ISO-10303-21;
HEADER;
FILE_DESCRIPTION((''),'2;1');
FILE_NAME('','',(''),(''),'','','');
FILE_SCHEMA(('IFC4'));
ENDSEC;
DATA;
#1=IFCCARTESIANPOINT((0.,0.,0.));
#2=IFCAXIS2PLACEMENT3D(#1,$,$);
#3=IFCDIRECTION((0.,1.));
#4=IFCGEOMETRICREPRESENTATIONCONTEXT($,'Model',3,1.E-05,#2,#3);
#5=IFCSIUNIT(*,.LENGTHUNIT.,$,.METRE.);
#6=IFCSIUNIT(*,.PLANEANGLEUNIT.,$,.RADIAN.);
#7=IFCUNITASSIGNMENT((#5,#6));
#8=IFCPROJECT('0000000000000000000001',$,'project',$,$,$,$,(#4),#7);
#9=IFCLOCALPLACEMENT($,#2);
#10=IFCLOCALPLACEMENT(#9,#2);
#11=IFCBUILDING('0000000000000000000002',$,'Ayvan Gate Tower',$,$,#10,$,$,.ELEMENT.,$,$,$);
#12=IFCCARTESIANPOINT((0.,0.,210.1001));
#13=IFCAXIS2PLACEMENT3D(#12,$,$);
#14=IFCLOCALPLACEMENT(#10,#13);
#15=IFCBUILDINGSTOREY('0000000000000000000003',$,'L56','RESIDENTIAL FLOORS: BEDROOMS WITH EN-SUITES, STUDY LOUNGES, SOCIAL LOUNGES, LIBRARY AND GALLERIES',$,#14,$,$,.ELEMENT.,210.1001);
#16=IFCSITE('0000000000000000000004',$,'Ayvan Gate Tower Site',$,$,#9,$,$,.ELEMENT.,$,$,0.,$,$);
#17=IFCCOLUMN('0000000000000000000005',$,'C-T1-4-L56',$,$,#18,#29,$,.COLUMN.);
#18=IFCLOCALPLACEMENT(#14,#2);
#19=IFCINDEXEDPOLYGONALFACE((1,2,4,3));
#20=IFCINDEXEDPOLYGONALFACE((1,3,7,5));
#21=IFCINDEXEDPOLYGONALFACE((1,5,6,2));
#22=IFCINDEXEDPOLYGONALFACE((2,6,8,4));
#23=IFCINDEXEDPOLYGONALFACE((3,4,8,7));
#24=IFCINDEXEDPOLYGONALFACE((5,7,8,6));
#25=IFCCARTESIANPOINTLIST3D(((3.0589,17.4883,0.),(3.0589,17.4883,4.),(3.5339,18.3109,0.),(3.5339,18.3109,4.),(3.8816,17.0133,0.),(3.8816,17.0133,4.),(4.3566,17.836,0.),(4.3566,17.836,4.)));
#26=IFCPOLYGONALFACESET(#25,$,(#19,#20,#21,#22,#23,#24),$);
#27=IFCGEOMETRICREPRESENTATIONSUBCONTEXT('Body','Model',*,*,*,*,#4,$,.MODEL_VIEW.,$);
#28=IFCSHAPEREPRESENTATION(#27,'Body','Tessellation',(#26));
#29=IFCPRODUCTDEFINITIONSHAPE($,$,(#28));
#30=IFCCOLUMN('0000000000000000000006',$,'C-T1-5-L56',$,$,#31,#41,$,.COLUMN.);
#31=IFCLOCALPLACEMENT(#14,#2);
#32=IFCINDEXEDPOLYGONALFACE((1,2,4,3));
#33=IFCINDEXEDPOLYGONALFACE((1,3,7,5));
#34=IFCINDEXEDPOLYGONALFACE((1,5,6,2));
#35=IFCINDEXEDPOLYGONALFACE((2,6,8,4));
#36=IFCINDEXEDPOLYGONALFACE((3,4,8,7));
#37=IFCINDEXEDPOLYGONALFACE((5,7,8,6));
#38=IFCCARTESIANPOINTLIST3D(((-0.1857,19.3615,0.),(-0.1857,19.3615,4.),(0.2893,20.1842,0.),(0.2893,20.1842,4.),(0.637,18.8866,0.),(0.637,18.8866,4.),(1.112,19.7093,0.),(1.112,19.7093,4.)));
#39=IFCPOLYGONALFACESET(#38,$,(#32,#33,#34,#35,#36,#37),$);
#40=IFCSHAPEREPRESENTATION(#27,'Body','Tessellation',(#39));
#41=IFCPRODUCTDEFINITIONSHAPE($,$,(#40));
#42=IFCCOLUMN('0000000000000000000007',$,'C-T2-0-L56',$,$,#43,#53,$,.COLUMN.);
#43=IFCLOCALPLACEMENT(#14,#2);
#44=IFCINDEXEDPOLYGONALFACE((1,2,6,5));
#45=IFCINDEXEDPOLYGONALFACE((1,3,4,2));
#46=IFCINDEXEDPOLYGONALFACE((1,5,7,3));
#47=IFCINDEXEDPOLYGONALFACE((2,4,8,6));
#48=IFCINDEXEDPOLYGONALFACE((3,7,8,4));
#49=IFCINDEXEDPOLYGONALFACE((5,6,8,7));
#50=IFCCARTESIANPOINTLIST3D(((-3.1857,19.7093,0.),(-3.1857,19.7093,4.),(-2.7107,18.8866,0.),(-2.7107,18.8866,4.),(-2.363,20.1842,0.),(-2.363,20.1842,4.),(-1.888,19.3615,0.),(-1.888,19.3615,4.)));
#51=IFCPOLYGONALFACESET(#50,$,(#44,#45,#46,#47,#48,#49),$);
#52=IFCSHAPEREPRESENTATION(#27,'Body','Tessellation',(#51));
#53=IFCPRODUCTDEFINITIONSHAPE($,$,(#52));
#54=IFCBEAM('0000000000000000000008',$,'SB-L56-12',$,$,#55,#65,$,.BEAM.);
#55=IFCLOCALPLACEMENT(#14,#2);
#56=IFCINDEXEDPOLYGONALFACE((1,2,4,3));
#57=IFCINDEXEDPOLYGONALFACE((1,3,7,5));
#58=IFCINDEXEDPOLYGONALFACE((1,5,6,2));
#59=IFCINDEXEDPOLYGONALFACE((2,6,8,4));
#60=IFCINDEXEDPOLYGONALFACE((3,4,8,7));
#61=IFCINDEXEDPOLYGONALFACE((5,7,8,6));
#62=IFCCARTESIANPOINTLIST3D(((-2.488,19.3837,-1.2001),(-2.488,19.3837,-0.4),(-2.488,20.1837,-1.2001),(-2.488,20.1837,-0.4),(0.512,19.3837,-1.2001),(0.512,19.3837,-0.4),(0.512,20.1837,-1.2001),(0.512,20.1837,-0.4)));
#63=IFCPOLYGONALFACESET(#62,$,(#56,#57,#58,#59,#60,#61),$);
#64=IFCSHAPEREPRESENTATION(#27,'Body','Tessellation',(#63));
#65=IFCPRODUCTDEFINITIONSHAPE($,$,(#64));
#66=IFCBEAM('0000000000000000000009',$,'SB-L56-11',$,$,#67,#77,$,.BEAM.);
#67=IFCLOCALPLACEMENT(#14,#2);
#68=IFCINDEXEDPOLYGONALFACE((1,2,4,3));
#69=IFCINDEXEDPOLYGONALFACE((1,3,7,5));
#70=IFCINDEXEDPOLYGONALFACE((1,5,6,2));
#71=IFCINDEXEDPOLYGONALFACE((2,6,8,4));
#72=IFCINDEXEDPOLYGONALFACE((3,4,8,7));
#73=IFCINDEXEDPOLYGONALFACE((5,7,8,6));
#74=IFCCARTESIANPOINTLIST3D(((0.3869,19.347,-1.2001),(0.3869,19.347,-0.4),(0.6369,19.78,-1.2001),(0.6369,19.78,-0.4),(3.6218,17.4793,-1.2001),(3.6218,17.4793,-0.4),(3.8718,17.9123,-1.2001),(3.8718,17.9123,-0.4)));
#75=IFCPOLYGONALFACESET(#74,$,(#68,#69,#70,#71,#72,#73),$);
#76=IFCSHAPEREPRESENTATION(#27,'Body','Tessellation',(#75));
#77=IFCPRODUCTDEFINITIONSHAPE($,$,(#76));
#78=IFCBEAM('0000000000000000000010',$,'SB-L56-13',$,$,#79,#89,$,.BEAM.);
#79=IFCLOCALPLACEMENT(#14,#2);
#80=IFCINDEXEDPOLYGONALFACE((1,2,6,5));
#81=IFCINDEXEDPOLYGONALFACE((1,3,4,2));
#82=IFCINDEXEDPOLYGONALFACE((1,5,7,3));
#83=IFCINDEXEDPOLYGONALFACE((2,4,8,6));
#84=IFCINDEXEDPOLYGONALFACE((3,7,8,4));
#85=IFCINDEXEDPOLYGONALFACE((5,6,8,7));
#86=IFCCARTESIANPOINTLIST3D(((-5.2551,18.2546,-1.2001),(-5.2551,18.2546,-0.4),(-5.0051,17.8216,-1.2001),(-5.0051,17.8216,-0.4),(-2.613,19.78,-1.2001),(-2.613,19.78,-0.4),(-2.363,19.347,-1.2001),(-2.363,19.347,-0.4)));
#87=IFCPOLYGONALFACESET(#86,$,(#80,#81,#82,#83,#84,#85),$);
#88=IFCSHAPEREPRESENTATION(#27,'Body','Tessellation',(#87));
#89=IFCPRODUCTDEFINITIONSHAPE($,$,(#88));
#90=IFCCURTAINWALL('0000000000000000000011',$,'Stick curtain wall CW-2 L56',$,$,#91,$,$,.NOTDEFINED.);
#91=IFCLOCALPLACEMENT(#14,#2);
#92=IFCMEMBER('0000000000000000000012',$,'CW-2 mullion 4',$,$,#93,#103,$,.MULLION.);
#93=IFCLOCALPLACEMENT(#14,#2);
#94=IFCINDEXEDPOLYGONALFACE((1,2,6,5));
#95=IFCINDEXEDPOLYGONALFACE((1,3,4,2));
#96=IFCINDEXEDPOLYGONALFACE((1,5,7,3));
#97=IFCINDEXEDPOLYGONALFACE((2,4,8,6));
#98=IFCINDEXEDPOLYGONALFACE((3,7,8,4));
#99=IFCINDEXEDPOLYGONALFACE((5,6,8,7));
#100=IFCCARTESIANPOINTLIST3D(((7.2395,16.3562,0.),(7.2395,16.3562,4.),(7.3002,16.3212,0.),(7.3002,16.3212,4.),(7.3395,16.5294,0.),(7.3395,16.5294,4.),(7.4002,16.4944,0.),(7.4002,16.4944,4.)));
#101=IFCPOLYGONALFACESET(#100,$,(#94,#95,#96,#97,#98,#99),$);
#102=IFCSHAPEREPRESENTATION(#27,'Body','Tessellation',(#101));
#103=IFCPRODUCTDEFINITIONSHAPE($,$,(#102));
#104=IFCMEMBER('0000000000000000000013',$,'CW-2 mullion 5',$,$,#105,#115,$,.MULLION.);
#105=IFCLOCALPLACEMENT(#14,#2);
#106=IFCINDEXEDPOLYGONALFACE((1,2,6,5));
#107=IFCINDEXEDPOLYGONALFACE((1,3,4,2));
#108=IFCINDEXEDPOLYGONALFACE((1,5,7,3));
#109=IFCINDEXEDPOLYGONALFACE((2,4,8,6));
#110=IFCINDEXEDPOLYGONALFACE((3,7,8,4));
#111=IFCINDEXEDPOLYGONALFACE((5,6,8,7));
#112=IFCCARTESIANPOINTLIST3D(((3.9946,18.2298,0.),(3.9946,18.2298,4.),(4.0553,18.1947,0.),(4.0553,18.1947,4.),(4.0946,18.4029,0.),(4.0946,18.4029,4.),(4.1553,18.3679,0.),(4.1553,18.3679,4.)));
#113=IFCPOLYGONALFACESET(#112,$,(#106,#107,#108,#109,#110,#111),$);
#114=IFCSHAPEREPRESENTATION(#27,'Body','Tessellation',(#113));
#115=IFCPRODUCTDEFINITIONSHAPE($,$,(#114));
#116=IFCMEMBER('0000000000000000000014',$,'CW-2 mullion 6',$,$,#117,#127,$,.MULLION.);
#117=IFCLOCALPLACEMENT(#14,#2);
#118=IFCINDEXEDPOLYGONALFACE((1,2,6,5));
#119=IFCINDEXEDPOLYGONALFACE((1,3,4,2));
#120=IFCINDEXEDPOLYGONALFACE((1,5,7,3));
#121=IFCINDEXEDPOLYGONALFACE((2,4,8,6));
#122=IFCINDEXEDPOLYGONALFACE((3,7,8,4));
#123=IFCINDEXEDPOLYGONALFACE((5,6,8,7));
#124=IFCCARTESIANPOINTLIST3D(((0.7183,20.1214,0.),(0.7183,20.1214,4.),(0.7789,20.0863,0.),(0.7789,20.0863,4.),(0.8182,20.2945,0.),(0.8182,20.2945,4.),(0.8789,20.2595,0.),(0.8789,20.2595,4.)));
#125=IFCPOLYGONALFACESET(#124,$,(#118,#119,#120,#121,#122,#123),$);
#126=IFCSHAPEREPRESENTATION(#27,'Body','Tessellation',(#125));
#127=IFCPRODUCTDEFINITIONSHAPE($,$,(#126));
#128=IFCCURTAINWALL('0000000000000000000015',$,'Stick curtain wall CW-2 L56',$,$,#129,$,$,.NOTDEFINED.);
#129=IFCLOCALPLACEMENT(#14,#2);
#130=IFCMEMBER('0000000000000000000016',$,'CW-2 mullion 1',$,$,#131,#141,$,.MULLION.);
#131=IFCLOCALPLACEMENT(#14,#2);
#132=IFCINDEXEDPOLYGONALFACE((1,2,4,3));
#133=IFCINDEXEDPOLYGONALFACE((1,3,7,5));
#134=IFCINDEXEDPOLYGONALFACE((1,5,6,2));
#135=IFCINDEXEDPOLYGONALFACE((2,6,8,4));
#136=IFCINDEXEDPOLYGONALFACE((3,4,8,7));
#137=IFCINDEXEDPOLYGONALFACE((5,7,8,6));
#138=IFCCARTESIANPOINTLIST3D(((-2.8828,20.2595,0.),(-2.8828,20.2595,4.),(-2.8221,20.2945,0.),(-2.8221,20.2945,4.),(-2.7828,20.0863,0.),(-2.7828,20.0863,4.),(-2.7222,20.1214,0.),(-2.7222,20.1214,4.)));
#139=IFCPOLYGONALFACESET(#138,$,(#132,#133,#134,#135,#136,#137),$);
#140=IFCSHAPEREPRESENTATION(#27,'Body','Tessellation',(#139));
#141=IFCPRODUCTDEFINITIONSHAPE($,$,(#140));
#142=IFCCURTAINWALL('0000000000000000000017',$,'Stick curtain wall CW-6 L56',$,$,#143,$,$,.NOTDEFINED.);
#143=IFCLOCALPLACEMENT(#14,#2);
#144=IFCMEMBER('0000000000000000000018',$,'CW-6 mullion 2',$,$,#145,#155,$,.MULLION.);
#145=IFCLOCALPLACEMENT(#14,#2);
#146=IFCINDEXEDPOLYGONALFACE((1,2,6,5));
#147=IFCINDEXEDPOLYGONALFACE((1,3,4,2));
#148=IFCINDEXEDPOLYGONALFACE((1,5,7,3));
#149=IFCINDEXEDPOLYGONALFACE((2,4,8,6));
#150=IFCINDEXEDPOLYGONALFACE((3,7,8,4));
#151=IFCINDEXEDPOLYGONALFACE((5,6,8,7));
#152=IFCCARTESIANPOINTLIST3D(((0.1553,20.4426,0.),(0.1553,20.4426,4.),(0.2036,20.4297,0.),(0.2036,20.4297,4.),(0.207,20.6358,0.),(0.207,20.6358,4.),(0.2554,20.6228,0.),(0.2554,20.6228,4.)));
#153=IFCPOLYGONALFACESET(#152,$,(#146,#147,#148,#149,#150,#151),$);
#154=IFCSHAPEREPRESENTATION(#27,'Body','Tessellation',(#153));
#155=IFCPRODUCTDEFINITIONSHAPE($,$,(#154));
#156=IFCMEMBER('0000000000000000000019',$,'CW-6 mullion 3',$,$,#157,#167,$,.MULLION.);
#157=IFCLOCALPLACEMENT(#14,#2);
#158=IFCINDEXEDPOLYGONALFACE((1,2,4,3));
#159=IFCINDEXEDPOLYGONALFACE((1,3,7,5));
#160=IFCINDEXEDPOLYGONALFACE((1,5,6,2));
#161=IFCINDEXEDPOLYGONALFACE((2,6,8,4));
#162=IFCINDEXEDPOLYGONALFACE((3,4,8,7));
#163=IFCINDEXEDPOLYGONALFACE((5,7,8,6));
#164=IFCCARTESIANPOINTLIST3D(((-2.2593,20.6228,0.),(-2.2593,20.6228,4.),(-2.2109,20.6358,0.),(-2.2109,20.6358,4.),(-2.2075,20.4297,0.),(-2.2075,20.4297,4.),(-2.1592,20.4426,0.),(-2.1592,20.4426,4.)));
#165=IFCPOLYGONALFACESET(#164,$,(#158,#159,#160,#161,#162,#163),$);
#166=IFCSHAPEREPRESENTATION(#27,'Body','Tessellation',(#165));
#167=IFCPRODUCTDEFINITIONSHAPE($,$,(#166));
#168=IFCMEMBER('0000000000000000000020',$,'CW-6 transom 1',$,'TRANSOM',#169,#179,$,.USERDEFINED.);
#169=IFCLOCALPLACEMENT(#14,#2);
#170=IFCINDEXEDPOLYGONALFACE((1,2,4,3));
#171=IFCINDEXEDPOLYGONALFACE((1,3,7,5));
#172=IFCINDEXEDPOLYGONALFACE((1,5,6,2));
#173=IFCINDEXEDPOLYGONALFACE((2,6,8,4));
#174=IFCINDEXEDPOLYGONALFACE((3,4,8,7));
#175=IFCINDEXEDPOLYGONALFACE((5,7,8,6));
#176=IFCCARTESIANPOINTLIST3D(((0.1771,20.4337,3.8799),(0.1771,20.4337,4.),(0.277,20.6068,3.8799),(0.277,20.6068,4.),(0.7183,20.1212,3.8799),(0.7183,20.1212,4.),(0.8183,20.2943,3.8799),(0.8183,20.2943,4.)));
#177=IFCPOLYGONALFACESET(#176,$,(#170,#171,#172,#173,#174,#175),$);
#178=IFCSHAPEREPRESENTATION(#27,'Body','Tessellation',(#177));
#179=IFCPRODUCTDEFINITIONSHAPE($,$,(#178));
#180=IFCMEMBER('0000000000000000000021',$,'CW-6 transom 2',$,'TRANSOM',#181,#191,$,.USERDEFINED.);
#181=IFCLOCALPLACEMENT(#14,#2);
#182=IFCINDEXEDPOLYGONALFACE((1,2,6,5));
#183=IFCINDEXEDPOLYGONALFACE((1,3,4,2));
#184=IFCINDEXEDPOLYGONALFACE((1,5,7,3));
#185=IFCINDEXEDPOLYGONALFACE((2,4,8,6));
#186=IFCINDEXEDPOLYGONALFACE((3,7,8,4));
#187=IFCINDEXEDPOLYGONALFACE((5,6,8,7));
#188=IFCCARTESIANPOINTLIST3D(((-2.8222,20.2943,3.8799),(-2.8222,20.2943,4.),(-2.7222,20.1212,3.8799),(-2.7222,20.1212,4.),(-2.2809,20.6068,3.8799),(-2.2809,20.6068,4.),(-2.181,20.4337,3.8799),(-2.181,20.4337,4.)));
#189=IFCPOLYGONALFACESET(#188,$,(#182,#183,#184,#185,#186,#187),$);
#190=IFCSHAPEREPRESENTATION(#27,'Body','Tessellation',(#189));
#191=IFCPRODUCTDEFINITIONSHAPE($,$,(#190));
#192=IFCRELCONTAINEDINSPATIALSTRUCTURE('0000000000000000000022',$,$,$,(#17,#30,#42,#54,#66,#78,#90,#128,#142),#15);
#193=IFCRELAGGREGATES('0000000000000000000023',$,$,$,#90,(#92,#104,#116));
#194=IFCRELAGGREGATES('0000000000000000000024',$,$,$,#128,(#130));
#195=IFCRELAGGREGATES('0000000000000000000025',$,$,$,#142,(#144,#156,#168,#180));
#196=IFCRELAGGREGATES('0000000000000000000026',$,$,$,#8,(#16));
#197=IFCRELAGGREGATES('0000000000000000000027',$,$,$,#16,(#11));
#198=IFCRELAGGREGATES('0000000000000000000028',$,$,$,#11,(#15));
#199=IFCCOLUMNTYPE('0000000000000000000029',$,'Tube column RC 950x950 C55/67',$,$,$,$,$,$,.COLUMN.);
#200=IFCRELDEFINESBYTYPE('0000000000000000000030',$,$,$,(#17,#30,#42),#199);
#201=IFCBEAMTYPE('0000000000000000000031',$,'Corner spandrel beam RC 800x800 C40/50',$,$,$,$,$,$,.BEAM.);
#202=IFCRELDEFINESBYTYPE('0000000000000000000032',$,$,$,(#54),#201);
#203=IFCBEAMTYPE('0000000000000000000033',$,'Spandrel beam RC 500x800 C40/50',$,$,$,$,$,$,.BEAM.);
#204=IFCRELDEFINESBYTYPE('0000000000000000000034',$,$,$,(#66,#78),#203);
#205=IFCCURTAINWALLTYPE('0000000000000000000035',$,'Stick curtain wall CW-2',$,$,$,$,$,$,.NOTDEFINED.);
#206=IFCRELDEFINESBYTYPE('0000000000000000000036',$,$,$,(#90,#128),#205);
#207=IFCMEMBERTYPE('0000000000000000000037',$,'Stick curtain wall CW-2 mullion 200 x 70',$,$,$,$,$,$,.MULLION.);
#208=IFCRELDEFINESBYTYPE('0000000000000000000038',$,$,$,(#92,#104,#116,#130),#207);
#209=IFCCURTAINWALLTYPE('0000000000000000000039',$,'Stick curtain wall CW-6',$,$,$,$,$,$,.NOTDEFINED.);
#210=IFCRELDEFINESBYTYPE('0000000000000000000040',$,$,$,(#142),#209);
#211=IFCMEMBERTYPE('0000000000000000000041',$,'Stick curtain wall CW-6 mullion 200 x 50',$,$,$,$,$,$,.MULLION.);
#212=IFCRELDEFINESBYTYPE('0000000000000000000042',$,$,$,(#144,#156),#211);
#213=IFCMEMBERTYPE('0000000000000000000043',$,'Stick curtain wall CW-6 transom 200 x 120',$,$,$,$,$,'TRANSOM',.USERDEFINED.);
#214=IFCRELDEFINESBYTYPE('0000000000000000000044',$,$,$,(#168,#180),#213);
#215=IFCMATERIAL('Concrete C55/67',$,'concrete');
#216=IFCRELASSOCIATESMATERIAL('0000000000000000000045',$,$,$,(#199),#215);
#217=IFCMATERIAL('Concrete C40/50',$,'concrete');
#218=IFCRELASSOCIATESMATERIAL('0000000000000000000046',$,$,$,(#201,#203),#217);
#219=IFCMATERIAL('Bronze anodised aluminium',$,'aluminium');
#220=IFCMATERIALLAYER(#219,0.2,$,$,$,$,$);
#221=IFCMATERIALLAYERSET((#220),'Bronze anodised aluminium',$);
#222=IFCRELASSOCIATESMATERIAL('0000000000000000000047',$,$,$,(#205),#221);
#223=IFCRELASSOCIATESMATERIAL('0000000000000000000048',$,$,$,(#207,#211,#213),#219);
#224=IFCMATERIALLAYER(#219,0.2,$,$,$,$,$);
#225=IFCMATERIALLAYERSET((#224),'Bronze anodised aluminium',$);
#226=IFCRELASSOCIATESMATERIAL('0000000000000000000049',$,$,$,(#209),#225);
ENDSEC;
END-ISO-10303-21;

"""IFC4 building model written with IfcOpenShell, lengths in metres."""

from ifc_helpers import new_model, si_unit, direction, frame, origin, origin_2d, place, context, subcontext, project, spatial, rectangle, extrude, material, layer, layer_set, material_profile, profile_set, type_object, element, aggregate, save


model = new_model("IFC4")

# Units and contexts
model_context = context("Model", 3, precision=1e-05, world=origin(), true_north=direction((0.0, 1.0)))
body_context = subcontext(model_context, "Body", "Model", "MODEL_VIEW")
ifc_project = project(units=[si_unit("LENGTHUNIT", "METRE"), si_unit("PLANEANGLEUNIT", "RADIAN")], contexts=[model_context])

# Site, building, storey
site_placement = place(None, origin())
site = spatial("IfcSite", under=ifc_project, at=site_placement, Name="Ayvan Gate Tower Site", CompositionType="ELEMENT", RefElevation=0.0)
building_placement = place(site_placement, origin())
building = spatial("IfcBuilding", under=site, at=building_placement, Name="Ayvan Gate Tower", CompositionType="ELEMENT")
storey_placement = place(building_placement, frame((0.0, 0.0, 210.1001)))
storey = spatial("IfcBuildingStorey", under=building, at=storey_placement, Name="L56", Description="RESIDENTIAL FLOORS: BEDROOMS WITH EN-SUITES, STUDY LOUNGES, SOCIAL LOUNGES, LIBRARY AND GALLERIES", CompositionType="ELEMENT", Elevation=210.1001)

# Columns
ifc_material_1 = material(Name="Concrete C55/67", Category="concrete")
ifc_material_profile_1 = material_profile(ifc_material_1, rectangle(XDim=0.95, YDim=0.95, at=origin_2d()), Name="RC 950x950")
ifc_profile_set_1 = profile_set([ifc_material_profile_1], Name="Concrete C55/67")
column_type = type_object("IfcColumnType", Name="Tube column RC 950x950 C55/67", PredefinedType="COLUMN", material=ifc_profile_set_1)
for number, where, z_axis, x_axis, name in (
    (1, (3.7078, 17.6621, 0.0), (0.0, 0.0, 1.0), (0.5, 0.866025, 0.0), "C-T1-4-L56"),
    (2, (0.4631, 19.5354, 0.0), (0.0, 0.0, 1.0), (0.5, 0.866025, 0.0), "C-T1-5-L56"),
    (3, (-2.5369, 19.5354, 0.0), (0.0, 0.0, 1.0), (-0.5, 0.866025, 0.0), "C-T2-0-L56"),
):
    element("IfcColumn", number, at=place(storey_placement, frame(where, z_axis=z_axis, x_axis=x_axis)), inside=storey, type_object=column_type, Name=name, PredefinedType="COLUMN", context=body_context, shape_type="SweptSolid", body=[
        extrude(rectangle(XDim=0.95, YDim=0.95, at=origin_2d()), origin(), (0.0, 0.0, 1.0), 4.0),
    ])

# Beams
ifc_material_2 = material(Name="Concrete C40/50", Category="concrete")
ifc_material_profile_2 = material_profile(ifc_material_2, rectangle(XDim=0.8, YDim=0.8, at=origin_2d()), Name="RC 800x800")
ifc_profile_set_2 = profile_set([ifc_material_profile_2], Name="Concrete C40/50")
beam_type_1 = type_object("IfcBeamType", Name="Corner spandrel beam RC 800x800 C40/50", PredefinedType="BEAM", material=ifc_profile_set_2)
beam_1_placement = place(storey_placement, frame((0.512, 19.7837, -0.8), z_axis=(-1.0, 0.0, 0.0), x_axis=(0.0, -1.0, 0.0)))
element("IfcBeam", 4, at=beam_1_placement, inside=storey, type_object=beam_type_1, Name="SB-L56-12", PredefinedType="BEAM", context=body_context, shape_type="SweptSolid", body=[
    extrude(rectangle(XDim=0.8, YDim=0.8, at=origin_2d()), origin(), (0.0, 0.0, 1.0), 3.0),
])
ifc_material_profile_3 = material_profile(ifc_material_2, rectangle(XDim=0.5, YDim=0.8, at=origin_2d()), Name="RC 500x800")
ifc_profile_set_3 = profile_set([ifc_material_profile_3], Name="Concrete C40/50")
beam_type_2 = type_object("IfcBeamType", Name="Spandrel beam RC 500x800 C40/50", PredefinedType="BEAM", material=ifc_profile_set_3)
beam_2_placement = place(storey_placement, frame((3.7468, 17.6958, -0.8), z_axis=(-0.866022, 0.500005, 0.0), x_axis=(-0.500005, -0.866022, 0.0)))
element("IfcBeam", 5, at=beam_2_placement, inside=storey, type_object=beam_type_2, Name="SB-L56-11", PredefinedType="BEAM", context=body_context, shape_type="SweptSolid", body=[
    extrude(rectangle(XDim=0.5, YDim=0.8, at=origin_2d()), origin(), (0.0, 0.0, 1.0), 3.7354),
])
beam_3_placement = place(storey_placement, frame((-2.488, 19.5635, -0.8), z_axis=(-0.866028, -0.499995, 0.0), x_axis=(0.499995, -0.866028, 0.0)))
element("IfcBeam", 6, at=beam_3_placement, inside=storey, type_object=beam_type_2, Name="SB-L56-13", PredefinedType="BEAM", context=body_context, shape_type="SweptSolid", body=[
    extrude(rectangle(XDim=0.5, YDim=0.8, at=origin_2d()), origin(), (0.0, 0.0, 1.0), 3.0508),
])

# Curtain wall, members
ifc_material_3 = material(Name="Bronze anodised aluminium", Category="aluminium")
ifc_layer_1 = layer(ifc_material_3, 0.2)
ifc_layer_set_1 = layer_set([ifc_layer_1], Name="Bronze anodised aluminium")
curtain_wall_type_1 = type_object("IfcCurtainWallType", Name="Stick curtain wall CW-2", PredefinedType="NOTDEFINED", material=ifc_layer_set_1)
curtain_wall_1_placement = place(storey_placement, origin())
curtain_wall_1 = element("IfcCurtainWall", 7, at=curtain_wall_1_placement, inside=storey, type_object=curtain_wall_type_1, Name="Stick curtain wall CW-2 L56", PredefinedType="NOTDEFINED")
ifc_material_profile_4 = material_profile(ifc_material_3, rectangle(XDim=0.2, YDim=0.0701, at=origin_2d()), Name="Stick curtain wall CW-2 mullion 200 x 70")
ifc_profile_set_4 = profile_set([ifc_material_profile_4], Name="Bronze anodised aluminium")
member_type_1 = type_object("IfcMemberType", Name="Stick curtain wall CW-2 mullion 200 x 70", PredefinedType="MULLION", material=ifc_profile_set_4)
member_1_placement = place(storey_placement, frame((7.3198, 16.4253, 0.0), z_axis=(0.0, 0.0, 1.0), x_axis=(0.5, 0.866025, 0.0)))
member_1 = element("IfcMember", 8, at=member_1_placement, type_object=member_type_1, Name="CW-2 mullion 4", PredefinedType="MULLION", context=body_context, shape_type="SweptSolid", body=[
    extrude(rectangle(XDim=0.2, YDim=0.0701, at=origin_2d()), origin(), (0.0, 0.0, 1.0), 4.0),
])
member_2_placement = place(storey_placement, frame((4.075, 18.2988, 0.0), z_axis=(0.0, 0.0, 1.0), x_axis=(0.5, 0.866025, 0.0)))
member_2 = element("IfcMember", 9, at=member_2_placement, type_object=member_type_1, Name="CW-2 mullion 5", PredefinedType="MULLION", context=body_context, shape_type="SweptSolid", body=[
    extrude(rectangle(XDim=0.2, YDim=0.0701, at=origin_2d()), origin(), (0.0, 0.0, 1.0), 4.0),
])
member_3_placement = place(storey_placement, frame((0.7986, 20.1904, 0.0), z_axis=(0.0, 0.0, 1.0), x_axis=(0.5, 0.866025, 0.0)))
member_3 = element("IfcMember", 10, at=member_3_placement, type_object=member_type_1, Name="CW-2 mullion 6", PredefinedType="MULLION", context=body_context, shape_type="SweptSolid", body=[
    extrude(rectangle(XDim=0.2, YDim=0.0701, at=origin_2d()), origin(), (0.0, 0.0, 1.0), 4.0),
])

# Curtain wall, member
curtain_wall_2_placement = place(storey_placement, origin())
curtain_wall_2 = element("IfcCurtainWall", 11, at=curtain_wall_2_placement, inside=storey, type_object=curtain_wall_type_1, Name="Stick curtain wall CW-2 L56", PredefinedType="NOTDEFINED")
member_4_placement = place(storey_placement, frame((-2.8025, 20.1904, 0.0), z_axis=(0.0, 0.0, 1.0), x_axis=(-0.5, 0.866025, 0.0)))
member_4 = element("IfcMember", 12, at=member_4_placement, type_object=member_type_1, Name="CW-2 mullion 1", PredefinedType="MULLION", context=body_context, shape_type="SweptSolid", body=[
    extrude(rectangle(XDim=0.2, YDim=0.0701, at=origin_2d()), origin(), (0.0, 0.0, 1.0), 4.0),
])

# Curtain wall, members
ifc_layer_2 = layer(ifc_material_3, 0.2)
ifc_layer_set_2 = layer_set([ifc_layer_2], Name="Bronze anodised aluminium")
curtain_wall_type_2 = type_object("IfcCurtainWallType", Name="Stick curtain wall CW-6", PredefinedType="NOTDEFINED", material=ifc_layer_set_2)
curtain_wall_3_placement = place(storey_placement, origin())
curtain_wall_3 = element("IfcCurtainWall", 13, at=curtain_wall_3_placement, inside=storey, type_object=curtain_wall_type_2, Name="Stick curtain wall CW-6 L56", PredefinedType="NOTDEFINED")
ifc_material_profile_5 = material_profile(ifc_material_3, rectangle(XDim=0.2, YDim=0.05, at=origin_2d()), Name="Stick curtain wall CW-6 mullion 200 x 50")
ifc_profile_set_5 = profile_set([ifc_material_profile_5], Name="Bronze anodised aluminium")
member_type_2 = type_object("IfcMemberType", Name="Stick curtain wall CW-6 mullion 200 x 50", PredefinedType="MULLION", material=ifc_profile_set_5)
member_5_placement = place(storey_placement, frame((0.2053, 20.5327, 0.0), z_axis=(0.0, 0.0, 1.0), x_axis=(0.258819, 0.965926, 0.0)))
member_5 = element("IfcMember", 14, at=member_5_placement, type_object=member_type_2, Name="CW-6 mullion 2", PredefinedType="MULLION", context=body_context, shape_type="SweptSolid", body=[
    extrude(rectangle(XDim=0.2, YDim=0.05, at=origin_2d()), origin(), (0.0, 0.0, 1.0), 4.0),
])
member_6_placement = place(storey_placement, frame((-2.2092, 20.5327, 0.0), z_axis=(0.0, 0.0, 1.0), x_axis=(-0.258819, 0.965926, 0.0)))
member_6 = element("IfcMember", 15, at=member_6_placement, type_object=member_type_2, Name="CW-6 mullion 3", PredefinedType="MULLION", context=body_context, shape_type="SweptSolid", body=[
    extrude(rectangle(XDim=0.2, YDim=0.05, at=origin_2d()), origin(), (0.0, 0.0, 1.0), 4.0),
])
ifc_material_profile_6 = material_profile(ifc_material_3, rectangle(XDim=0.2, YDim=0.1201, at=origin_2d()), Name="Stick curtain wall CW-6 transom 200 x 120")
ifc_profile_set_6 = profile_set([ifc_material_profile_6], Name="Bronze anodised aluminium")
member_type_3 = type_object("IfcMemberType", Name="Stick curtain wall CW-6 transom 200 x 120", ElementType="TRANSOM", PredefinedType="USERDEFINED", material=ifc_profile_set_6)
member_7_placement = place(storey_placement, frame((0.7683, 20.2078, 3.9399), z_axis=(-0.866023, 0.500004, 0.0), x_axis=(-0.500004, -0.866023, 0.0)))
member_7 = element("IfcMember", 16, at=member_7_placement, type_object=member_type_3, Name="CW-6 transom 1", ObjectType="TRANSOM", PredefinedType="USERDEFINED", context=body_context, shape_type="SweptSolid", body=[
    extrude(rectangle(XDim=0.2, YDim=0.1201, at=origin_2d()), origin(), (0.0, 0.0, 1.0), 0.625),
])
member_8_placement = place(storey_placement, frame((-2.231, 20.5203, 3.9399), z_axis=(-0.866023, -0.500004, 0.0), x_axis=(0.500004, -0.866023, 0.0)))
member_8 = element("IfcMember", 17, at=member_8_placement, type_object=member_type_3, Name="CW-6 transom 2", ObjectType="TRANSOM", PredefinedType="USERDEFINED", context=body_context, shape_type="SweptSolid", body=[
    extrude(rectangle(XDim=0.2, YDim=0.1201, at=origin_2d()), origin(), (0.0, 0.0, 1.0), 0.625),
])

aggregate(curtain_wall_1, [member_1, member_2, member_3])
aggregate(curtain_wall_2, [member_4])
aggregate(curtain_wall_3, [member_5, member_6, member_7, member_8])

save(model, "model.ifc")
